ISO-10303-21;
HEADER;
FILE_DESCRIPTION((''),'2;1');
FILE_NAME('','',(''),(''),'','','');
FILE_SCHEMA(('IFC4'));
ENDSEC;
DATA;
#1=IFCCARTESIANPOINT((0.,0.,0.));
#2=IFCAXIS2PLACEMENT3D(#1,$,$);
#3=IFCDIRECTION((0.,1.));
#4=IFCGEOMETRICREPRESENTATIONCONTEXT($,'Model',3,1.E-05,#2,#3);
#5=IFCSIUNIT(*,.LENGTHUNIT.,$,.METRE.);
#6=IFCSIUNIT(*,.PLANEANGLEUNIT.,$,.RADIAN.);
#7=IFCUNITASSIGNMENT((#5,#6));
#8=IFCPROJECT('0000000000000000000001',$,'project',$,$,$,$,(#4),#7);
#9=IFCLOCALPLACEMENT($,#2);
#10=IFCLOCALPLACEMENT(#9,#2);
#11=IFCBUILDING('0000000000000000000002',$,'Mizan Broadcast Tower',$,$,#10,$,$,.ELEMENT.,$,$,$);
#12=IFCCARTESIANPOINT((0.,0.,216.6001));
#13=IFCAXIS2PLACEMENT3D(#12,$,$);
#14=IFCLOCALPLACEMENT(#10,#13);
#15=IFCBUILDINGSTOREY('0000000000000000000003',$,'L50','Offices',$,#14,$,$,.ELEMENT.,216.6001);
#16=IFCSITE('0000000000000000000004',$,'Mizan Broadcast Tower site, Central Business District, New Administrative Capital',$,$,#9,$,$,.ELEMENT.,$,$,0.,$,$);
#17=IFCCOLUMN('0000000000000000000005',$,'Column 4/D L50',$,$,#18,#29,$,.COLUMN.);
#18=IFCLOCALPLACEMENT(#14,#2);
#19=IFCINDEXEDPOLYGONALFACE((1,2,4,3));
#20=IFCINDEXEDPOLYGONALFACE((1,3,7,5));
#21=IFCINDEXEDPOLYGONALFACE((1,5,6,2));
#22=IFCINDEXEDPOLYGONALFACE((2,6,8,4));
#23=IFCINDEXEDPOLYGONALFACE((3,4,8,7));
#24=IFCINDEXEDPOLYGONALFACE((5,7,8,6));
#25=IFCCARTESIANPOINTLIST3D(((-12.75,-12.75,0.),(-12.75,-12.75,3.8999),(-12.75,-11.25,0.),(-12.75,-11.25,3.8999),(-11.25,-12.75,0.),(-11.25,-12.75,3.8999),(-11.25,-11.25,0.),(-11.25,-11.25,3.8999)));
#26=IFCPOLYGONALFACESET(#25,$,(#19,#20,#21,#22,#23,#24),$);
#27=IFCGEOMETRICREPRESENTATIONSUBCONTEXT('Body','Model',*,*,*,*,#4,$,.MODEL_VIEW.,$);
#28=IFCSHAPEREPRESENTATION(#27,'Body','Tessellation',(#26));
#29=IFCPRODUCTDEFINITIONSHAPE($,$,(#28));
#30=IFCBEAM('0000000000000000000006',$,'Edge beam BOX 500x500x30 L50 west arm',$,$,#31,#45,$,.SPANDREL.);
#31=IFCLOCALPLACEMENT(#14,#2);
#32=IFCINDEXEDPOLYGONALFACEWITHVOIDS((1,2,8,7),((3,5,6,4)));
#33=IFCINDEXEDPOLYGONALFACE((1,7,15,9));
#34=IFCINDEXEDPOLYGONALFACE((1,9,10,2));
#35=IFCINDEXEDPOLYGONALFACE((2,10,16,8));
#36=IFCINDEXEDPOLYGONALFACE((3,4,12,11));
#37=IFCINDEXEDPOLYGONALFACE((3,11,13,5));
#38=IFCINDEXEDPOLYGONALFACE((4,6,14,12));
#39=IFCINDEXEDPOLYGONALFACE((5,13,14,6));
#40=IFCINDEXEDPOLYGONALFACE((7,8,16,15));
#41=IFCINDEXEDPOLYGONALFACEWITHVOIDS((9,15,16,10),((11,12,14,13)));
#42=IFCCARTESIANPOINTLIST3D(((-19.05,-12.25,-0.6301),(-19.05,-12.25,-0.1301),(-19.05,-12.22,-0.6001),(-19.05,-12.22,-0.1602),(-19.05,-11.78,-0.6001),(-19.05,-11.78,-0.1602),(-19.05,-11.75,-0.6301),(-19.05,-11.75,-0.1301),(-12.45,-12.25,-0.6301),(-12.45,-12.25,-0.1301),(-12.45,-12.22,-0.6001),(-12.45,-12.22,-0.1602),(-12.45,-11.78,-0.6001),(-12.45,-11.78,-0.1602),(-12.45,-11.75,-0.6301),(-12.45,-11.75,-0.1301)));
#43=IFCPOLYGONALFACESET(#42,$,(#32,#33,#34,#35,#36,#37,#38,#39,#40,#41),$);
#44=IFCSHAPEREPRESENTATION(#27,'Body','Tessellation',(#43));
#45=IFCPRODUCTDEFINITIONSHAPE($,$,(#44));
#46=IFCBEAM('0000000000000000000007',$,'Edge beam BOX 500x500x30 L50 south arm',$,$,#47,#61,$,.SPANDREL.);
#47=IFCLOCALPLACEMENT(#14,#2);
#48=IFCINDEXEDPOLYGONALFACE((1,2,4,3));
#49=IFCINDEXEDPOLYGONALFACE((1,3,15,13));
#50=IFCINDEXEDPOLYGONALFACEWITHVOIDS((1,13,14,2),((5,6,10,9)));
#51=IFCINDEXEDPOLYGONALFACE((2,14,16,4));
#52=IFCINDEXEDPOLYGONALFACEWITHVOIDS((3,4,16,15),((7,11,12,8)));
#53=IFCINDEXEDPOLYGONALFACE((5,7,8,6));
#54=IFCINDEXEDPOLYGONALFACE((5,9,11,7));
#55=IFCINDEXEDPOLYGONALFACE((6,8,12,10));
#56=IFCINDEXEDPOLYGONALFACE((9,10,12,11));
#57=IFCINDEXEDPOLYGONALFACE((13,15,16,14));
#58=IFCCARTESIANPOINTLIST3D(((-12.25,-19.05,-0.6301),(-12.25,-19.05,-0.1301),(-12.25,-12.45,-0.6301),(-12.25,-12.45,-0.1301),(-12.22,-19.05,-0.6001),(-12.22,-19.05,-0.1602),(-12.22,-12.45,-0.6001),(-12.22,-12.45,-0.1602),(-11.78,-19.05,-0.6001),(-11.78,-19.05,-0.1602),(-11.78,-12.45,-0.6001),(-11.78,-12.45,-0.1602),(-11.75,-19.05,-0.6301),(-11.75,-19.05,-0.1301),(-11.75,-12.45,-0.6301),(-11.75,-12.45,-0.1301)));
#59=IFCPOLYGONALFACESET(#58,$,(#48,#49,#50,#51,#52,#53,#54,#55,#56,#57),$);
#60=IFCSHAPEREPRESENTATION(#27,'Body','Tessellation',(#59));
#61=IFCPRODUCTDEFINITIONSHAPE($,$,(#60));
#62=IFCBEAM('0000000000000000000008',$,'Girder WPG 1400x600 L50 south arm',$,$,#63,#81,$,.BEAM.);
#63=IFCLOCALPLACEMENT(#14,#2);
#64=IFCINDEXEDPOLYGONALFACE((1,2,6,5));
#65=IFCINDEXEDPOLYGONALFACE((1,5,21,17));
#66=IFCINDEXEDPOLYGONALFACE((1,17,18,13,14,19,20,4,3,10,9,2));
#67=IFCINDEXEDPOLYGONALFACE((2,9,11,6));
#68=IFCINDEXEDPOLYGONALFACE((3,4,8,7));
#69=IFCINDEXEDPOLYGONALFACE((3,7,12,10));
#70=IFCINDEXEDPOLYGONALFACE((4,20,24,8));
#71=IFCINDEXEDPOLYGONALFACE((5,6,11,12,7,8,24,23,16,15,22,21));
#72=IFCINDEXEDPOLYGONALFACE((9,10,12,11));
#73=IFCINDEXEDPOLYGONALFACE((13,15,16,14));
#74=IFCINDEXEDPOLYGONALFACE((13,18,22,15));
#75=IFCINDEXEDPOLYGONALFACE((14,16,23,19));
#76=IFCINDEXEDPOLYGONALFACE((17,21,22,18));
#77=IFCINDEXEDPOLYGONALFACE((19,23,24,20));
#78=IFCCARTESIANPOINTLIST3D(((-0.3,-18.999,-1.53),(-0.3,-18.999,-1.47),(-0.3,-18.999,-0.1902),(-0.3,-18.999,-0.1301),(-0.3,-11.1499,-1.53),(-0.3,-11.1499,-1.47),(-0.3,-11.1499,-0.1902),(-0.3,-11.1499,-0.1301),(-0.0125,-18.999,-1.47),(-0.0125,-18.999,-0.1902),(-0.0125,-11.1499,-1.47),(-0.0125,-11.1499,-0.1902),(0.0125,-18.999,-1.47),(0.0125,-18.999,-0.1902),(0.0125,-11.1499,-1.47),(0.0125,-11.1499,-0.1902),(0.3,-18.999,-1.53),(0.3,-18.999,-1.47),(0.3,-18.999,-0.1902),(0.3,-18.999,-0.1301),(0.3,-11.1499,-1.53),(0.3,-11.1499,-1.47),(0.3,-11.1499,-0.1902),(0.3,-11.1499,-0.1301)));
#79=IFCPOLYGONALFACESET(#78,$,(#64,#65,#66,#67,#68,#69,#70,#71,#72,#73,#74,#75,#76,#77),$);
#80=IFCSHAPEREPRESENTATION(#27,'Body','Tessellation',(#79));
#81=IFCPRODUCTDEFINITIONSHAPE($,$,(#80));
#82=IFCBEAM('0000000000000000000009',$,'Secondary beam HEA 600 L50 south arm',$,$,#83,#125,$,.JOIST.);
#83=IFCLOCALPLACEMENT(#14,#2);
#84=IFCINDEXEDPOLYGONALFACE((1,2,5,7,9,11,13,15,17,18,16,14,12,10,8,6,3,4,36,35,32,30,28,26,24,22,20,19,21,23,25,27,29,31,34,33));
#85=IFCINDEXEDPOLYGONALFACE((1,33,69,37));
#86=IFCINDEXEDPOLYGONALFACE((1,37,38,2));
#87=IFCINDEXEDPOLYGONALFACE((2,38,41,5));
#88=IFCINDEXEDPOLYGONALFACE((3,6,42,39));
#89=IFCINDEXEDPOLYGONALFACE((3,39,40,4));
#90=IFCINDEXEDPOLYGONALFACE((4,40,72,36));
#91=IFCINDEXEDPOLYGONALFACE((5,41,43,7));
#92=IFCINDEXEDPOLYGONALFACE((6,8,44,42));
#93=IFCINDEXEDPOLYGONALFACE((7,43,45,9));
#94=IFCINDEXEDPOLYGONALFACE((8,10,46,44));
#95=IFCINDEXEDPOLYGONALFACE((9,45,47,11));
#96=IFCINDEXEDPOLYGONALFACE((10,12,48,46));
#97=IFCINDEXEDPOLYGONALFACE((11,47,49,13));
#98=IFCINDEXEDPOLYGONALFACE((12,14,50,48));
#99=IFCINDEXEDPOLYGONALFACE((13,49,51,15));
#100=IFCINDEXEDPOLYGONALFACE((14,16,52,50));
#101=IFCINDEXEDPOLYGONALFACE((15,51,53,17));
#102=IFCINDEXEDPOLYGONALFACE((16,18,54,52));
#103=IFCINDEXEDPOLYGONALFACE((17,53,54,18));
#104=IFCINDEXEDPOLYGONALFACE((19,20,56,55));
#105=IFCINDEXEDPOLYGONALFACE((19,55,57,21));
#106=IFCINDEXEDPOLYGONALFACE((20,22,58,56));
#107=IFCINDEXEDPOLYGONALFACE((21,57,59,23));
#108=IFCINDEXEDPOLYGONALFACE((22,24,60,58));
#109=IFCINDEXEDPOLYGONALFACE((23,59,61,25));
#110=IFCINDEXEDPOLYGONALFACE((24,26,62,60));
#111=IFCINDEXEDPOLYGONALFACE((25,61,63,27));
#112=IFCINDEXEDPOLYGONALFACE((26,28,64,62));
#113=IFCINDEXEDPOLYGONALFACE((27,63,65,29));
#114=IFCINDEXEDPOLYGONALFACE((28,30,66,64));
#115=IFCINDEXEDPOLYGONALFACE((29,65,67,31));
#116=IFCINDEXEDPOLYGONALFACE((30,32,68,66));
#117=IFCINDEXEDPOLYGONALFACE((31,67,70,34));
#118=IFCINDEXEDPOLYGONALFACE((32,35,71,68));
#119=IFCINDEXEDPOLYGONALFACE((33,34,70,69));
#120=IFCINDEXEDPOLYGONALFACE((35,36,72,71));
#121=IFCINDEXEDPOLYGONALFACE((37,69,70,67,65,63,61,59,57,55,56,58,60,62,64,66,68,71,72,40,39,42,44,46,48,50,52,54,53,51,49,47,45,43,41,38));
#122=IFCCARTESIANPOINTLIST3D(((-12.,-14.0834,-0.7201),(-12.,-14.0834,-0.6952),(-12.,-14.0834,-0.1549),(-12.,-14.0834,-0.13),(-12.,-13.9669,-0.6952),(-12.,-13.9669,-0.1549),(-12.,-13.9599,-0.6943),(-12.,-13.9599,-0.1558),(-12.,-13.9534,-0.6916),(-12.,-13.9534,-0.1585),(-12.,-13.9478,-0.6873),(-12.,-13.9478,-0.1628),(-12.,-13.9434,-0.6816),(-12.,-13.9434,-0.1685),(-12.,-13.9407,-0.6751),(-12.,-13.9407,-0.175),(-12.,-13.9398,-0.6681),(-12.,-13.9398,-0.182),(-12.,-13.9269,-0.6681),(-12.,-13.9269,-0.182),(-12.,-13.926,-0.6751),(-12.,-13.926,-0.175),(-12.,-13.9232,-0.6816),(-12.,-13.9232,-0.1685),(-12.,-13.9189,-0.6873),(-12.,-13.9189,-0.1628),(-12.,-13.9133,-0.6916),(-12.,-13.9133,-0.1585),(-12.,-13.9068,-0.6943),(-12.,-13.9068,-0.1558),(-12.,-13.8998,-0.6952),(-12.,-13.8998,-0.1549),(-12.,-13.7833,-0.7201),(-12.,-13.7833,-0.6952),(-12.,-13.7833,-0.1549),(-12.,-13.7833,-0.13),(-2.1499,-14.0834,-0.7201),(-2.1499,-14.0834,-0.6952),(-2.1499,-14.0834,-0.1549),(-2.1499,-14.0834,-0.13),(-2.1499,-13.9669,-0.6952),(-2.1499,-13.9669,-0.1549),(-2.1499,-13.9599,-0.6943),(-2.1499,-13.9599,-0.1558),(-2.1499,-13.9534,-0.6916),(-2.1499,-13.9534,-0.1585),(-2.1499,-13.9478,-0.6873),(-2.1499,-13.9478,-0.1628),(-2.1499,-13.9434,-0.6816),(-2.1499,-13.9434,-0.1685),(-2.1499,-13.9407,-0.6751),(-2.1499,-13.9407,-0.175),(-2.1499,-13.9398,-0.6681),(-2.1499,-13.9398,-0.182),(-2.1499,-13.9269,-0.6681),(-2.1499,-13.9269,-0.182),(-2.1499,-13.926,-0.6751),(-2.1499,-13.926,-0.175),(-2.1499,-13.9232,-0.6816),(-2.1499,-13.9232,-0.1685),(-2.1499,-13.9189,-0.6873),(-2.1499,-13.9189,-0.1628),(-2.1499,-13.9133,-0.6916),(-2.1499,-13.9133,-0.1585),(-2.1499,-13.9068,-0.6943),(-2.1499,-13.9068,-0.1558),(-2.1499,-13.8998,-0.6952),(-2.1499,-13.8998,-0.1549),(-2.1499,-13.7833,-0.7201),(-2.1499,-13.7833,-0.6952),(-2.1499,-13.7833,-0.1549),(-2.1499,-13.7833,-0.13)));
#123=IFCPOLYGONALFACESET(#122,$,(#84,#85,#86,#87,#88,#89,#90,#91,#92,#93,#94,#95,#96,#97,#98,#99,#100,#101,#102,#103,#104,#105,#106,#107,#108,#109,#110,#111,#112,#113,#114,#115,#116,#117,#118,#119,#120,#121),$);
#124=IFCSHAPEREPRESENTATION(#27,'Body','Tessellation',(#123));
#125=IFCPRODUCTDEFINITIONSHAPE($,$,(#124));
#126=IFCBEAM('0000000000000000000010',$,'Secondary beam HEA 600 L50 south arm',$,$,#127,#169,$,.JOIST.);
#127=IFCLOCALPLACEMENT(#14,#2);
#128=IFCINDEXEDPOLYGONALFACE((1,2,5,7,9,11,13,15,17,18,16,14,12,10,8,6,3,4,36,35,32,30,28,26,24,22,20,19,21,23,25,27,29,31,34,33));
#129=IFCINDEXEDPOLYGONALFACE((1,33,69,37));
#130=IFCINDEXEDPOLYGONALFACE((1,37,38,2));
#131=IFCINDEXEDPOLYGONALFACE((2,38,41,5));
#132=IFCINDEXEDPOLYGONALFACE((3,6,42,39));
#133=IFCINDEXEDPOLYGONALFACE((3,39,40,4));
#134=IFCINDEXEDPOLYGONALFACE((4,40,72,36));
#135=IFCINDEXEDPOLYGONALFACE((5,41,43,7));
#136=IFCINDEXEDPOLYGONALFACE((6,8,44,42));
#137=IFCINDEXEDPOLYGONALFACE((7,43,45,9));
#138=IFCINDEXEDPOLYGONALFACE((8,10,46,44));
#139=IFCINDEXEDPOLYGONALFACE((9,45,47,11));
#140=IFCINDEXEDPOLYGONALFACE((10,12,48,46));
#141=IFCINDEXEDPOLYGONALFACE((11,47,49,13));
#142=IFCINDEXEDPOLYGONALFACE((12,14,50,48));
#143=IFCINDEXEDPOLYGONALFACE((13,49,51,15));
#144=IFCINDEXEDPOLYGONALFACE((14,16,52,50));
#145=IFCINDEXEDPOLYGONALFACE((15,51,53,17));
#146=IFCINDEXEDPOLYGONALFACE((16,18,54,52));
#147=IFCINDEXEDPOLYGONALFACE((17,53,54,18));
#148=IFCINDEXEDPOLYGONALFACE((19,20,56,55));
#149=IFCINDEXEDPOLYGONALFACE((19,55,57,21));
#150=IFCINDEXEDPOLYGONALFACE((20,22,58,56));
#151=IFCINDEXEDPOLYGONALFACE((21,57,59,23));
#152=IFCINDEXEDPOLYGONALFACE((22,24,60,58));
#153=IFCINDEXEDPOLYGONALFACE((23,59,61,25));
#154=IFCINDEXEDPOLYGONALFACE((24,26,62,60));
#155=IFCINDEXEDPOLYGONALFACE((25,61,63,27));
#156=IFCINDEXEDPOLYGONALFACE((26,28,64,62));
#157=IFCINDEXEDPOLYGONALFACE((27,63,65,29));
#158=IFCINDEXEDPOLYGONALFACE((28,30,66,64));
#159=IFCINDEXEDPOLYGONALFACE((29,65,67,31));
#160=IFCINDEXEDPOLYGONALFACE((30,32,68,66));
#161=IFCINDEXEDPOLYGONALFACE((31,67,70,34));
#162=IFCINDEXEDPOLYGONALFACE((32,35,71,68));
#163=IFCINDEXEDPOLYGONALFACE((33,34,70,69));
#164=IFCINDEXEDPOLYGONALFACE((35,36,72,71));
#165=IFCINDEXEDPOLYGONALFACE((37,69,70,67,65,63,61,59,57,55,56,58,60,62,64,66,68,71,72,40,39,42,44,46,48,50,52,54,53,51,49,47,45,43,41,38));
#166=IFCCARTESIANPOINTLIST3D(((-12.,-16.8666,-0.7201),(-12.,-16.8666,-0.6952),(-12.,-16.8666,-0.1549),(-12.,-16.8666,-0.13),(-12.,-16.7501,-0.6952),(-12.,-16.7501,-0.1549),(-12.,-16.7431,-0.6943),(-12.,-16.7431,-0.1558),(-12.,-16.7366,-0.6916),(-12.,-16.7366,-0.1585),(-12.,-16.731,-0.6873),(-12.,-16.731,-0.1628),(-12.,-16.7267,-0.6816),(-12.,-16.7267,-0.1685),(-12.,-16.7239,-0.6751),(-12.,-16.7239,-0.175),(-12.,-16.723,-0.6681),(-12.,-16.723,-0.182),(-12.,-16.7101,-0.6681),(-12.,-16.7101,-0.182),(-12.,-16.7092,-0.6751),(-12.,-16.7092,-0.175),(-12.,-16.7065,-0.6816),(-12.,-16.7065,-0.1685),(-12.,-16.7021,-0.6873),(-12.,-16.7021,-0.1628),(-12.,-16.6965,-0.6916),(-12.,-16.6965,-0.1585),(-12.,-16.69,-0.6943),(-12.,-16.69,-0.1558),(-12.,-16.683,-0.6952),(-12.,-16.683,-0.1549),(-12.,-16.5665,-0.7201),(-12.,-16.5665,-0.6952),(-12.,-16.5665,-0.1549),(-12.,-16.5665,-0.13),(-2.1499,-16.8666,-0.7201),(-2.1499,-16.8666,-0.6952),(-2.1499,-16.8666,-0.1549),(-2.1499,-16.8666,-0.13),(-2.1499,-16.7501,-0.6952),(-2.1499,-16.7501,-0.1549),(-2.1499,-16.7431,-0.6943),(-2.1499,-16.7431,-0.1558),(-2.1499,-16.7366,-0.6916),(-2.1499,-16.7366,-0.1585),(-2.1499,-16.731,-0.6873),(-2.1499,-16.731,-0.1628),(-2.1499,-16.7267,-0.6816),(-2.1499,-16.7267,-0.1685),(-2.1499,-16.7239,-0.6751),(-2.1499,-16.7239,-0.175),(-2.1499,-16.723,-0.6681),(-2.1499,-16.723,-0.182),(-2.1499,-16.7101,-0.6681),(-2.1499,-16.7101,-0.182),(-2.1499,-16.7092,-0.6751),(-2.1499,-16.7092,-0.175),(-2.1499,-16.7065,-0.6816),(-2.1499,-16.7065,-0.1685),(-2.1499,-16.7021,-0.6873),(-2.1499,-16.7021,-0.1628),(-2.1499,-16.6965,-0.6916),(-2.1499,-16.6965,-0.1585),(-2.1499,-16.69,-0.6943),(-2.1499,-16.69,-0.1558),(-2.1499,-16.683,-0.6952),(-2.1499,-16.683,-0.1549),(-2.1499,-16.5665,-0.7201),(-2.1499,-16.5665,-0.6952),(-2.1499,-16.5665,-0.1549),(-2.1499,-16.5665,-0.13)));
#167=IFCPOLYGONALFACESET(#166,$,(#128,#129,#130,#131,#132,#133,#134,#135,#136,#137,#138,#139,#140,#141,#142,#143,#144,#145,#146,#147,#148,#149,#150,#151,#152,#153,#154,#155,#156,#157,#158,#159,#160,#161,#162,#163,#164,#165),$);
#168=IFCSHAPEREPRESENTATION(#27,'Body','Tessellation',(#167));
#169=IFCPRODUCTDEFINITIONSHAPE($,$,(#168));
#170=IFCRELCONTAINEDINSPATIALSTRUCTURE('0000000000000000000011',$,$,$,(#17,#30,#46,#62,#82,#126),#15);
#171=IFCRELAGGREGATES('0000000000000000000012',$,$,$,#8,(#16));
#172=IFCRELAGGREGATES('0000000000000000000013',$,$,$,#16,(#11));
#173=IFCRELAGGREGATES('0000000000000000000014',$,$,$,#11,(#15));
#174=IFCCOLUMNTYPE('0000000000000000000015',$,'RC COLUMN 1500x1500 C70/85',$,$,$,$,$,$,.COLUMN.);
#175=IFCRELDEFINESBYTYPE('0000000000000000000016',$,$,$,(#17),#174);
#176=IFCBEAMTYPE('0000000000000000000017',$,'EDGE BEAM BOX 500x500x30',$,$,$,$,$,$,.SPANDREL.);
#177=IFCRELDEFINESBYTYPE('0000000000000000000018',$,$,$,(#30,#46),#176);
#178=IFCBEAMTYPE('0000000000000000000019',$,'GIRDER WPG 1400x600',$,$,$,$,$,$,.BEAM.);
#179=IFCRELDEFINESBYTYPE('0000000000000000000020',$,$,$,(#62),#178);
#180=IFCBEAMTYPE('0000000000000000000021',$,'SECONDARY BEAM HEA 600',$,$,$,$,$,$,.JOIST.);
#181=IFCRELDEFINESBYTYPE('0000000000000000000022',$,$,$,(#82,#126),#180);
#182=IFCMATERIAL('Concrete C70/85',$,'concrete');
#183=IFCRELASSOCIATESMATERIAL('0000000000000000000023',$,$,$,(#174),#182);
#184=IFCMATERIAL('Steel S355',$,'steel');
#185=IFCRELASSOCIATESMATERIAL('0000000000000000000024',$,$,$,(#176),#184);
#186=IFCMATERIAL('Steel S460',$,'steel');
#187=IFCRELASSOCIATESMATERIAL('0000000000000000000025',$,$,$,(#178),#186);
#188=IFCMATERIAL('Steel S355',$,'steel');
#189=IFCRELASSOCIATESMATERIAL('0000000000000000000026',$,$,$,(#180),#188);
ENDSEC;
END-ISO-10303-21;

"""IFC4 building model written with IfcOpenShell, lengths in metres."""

from ifc_helpers import new_model, si_unit, direction, frame, origin, origin_2d, place, context, subcontext, project, spatial, rectangle, hollow_rectangle, i_section, extrude, material, material_profile, profile_set, type_object, element, save


model = new_model("IFC4")

# Units and contexts
model_context = context("Model", 3, precision=1e-05, world=origin(), true_north=direction((0.0, 1.0)))
body_context = subcontext(model_context, "Body", "Model", "MODEL_VIEW")
ifc_project = project(units=[si_unit("LENGTHUNIT", "METRE"), si_unit("PLANEANGLEUNIT", "RADIAN")], contexts=[model_context])

# Site, building, storey
site_placement = place(None, origin())
site = spatial("IfcSite", under=ifc_project, at=site_placement, Name="Mizan Broadcast Tower site, Central Business District, New Administrative Capital", CompositionType="ELEMENT", RefElevation=0.0)
building_placement = place(site_placement, origin())
building = spatial("IfcBuilding", under=site, at=building_placement, Name="Mizan Broadcast Tower", CompositionType="ELEMENT")
storey_placement = place(building_placement, frame((0.0, 0.0, 216.6001)))
storey = spatial("IfcBuildingStorey", under=building, at=storey_placement, Name="L50", Description="Offices", CompositionType="ELEMENT", Elevation=216.6001)

# Column
ifc_material_1 = material(Name="Concrete C70/85", Category="concrete")
ifc_material_profile_1 = material_profile(ifc_material_1, rectangle(XDim=1.5, YDim=1.5, at=origin_2d()), Name="RC 1500x1500")
ifc_profile_set_1 = profile_set([ifc_material_profile_1], Name="Concrete C70/85")
column_type = type_object("IfcColumnType", Name="RC COLUMN 1500x1500 C70/85", PredefinedType="COLUMN", material=ifc_profile_set_1)
column_placement = place(storey_placement, frame((-12.0, -12.0, 0.0), z_axis=(0.0, 0.0, 1.0), x_axis=(1.0, 0.0, 0.0)))
element("IfcColumn", 1, at=column_placement, inside=storey, type_object=column_type, Name="Column 4/D L50", PredefinedType="COLUMN", context=body_context, shape_type="SweptSolid", body=[
    extrude(rectangle(XDim=1.5, YDim=1.5, at=origin_2d()), origin(), (0.0, 0.0, 1.0), 3.8999),
])

# Beams
ifc_material_2 = material(Name="Steel S355", Category="steel")
ifc_material_profile_2 = material_profile(ifc_material_2, hollow_rectangle(XDim=0.5, YDim=0.5, WallThickness=0.03, at=origin_2d()), Name="BOX 500x500x30")
ifc_profile_set_2 = profile_set([ifc_material_profile_2], Name="Steel S355")
beam_type_1 = type_object("IfcBeamType", Name="EDGE BEAM BOX 500x500x30", PredefinedType="SPANDREL", material=ifc_profile_set_2)
for number, where, z_axis, x_axis, name in (
    (2, (-12.45, -12.0, -0.3801), (-1.0, 0.0, 0.0), (0.0, -1.0, 0.0), "Edge beam BOX 500x500x30 L50 west arm"),
    (3, (-12.0, -12.45, -0.3801), (0.0, -1.0, 0.0), (1.0, 0.0, 0.0), "Edge beam BOX 500x500x30 L50 south arm"),
):
    element("IfcBeam", number, at=place(storey_placement, frame(where, z_axis=z_axis, x_axis=x_axis)), inside=storey, type_object=beam_type_1, Name=name, PredefinedType="SPANDREL", context=body_context, shape_type="SweptSolid", body=[
        extrude(hollow_rectangle(XDim=0.5, YDim=0.5, WallThickness=0.03, at=origin_2d()), origin(), (0.0, 0.0, 1.0), 6.6001),
    ])
ifc_material_3 = material(Name="Steel S460", Category="steel")
ifc_material_profile_3 = material_profile(ifc_material_3, i_section(OverallWidth=0.6001, OverallDepth=1.3999, WebThickness=0.0249, FlangeThickness=0.0601, at=origin_2d()), Name="WPG 1400x600")
ifc_profile_set_3 = profile_set([ifc_material_profile_3], Name="Steel S460")
beam_type_2 = type_object("IfcBeamType", Name="GIRDER WPG 1400x600", PredefinedType="BEAM", material=ifc_profile_set_3)
beam_1_placement = place(storey_placement, frame((0.0, -11.1499, -0.8301), z_axis=(0.0, -1.0, 0.0), x_axis=(1.0, 0.0, 0.0)))
element("IfcBeam", 4, at=beam_1_placement, inside=storey, type_object=beam_type_2, Name="Girder WPG 1400x600 L50 south arm", PredefinedType="BEAM", context=body_context, shape_type="SweptSolid", body=[
    extrude(i_section(OverallWidth=0.6001, OverallDepth=1.3999, WebThickness=0.0249, FlangeThickness=0.0601, at=origin_2d()), origin(), (0.0, 0.0, 1.0), 7.8491),
])
ifc_material_4 = material(Name="Steel S355", Category="steel")
ifc_material_profile_4 = material_profile(ifc_material_4, i_section(OverallWidth=0.3, OverallDepth=0.5901, WebThickness=0.0129, FlangeThickness=0.0249, FilletRadius=0.0271, at=origin_2d()), Name="HEA 600")
ifc_profile_set_4 = profile_set([ifc_material_profile_4], Name="Steel S355")
beam_type_3 = type_object("IfcBeamType", Name="SECONDARY BEAM HEA 600", PredefinedType="JOIST", material=ifc_profile_set_4)
for number, where, z_axis, x_axis, name in (
    (5, (-12.0, -13.9333, -0.425), (1.0, 0.0, 0.0), (0.0, 1.0, 0.0), "Secondary beam HEA 600 L50 south arm"),
    (6, (-12.0, -16.7166, -0.425), (1.0, 0.0, 0.0), (0.0, 1.0, 0.0), "Secondary beam HEA 600 L50 south arm"),
):
    element("IfcBeam", number, at=place(storey_placement, frame(where, z_axis=z_axis, x_axis=x_axis)), inside=storey, type_object=beam_type_3, Name=name, PredefinedType="JOIST", context=body_context, shape_type="SweptSolid", body=[
        extrude(i_section(OverallWidth=0.3, OverallDepth=0.5901, WebThickness=0.0129, FlangeThickness=0.0249, FilletRadius=0.0271, at=origin_2d()), origin(), (0.0, 0.0, 1.0), 9.8501),
    ])

save(model, "model.ifc")
